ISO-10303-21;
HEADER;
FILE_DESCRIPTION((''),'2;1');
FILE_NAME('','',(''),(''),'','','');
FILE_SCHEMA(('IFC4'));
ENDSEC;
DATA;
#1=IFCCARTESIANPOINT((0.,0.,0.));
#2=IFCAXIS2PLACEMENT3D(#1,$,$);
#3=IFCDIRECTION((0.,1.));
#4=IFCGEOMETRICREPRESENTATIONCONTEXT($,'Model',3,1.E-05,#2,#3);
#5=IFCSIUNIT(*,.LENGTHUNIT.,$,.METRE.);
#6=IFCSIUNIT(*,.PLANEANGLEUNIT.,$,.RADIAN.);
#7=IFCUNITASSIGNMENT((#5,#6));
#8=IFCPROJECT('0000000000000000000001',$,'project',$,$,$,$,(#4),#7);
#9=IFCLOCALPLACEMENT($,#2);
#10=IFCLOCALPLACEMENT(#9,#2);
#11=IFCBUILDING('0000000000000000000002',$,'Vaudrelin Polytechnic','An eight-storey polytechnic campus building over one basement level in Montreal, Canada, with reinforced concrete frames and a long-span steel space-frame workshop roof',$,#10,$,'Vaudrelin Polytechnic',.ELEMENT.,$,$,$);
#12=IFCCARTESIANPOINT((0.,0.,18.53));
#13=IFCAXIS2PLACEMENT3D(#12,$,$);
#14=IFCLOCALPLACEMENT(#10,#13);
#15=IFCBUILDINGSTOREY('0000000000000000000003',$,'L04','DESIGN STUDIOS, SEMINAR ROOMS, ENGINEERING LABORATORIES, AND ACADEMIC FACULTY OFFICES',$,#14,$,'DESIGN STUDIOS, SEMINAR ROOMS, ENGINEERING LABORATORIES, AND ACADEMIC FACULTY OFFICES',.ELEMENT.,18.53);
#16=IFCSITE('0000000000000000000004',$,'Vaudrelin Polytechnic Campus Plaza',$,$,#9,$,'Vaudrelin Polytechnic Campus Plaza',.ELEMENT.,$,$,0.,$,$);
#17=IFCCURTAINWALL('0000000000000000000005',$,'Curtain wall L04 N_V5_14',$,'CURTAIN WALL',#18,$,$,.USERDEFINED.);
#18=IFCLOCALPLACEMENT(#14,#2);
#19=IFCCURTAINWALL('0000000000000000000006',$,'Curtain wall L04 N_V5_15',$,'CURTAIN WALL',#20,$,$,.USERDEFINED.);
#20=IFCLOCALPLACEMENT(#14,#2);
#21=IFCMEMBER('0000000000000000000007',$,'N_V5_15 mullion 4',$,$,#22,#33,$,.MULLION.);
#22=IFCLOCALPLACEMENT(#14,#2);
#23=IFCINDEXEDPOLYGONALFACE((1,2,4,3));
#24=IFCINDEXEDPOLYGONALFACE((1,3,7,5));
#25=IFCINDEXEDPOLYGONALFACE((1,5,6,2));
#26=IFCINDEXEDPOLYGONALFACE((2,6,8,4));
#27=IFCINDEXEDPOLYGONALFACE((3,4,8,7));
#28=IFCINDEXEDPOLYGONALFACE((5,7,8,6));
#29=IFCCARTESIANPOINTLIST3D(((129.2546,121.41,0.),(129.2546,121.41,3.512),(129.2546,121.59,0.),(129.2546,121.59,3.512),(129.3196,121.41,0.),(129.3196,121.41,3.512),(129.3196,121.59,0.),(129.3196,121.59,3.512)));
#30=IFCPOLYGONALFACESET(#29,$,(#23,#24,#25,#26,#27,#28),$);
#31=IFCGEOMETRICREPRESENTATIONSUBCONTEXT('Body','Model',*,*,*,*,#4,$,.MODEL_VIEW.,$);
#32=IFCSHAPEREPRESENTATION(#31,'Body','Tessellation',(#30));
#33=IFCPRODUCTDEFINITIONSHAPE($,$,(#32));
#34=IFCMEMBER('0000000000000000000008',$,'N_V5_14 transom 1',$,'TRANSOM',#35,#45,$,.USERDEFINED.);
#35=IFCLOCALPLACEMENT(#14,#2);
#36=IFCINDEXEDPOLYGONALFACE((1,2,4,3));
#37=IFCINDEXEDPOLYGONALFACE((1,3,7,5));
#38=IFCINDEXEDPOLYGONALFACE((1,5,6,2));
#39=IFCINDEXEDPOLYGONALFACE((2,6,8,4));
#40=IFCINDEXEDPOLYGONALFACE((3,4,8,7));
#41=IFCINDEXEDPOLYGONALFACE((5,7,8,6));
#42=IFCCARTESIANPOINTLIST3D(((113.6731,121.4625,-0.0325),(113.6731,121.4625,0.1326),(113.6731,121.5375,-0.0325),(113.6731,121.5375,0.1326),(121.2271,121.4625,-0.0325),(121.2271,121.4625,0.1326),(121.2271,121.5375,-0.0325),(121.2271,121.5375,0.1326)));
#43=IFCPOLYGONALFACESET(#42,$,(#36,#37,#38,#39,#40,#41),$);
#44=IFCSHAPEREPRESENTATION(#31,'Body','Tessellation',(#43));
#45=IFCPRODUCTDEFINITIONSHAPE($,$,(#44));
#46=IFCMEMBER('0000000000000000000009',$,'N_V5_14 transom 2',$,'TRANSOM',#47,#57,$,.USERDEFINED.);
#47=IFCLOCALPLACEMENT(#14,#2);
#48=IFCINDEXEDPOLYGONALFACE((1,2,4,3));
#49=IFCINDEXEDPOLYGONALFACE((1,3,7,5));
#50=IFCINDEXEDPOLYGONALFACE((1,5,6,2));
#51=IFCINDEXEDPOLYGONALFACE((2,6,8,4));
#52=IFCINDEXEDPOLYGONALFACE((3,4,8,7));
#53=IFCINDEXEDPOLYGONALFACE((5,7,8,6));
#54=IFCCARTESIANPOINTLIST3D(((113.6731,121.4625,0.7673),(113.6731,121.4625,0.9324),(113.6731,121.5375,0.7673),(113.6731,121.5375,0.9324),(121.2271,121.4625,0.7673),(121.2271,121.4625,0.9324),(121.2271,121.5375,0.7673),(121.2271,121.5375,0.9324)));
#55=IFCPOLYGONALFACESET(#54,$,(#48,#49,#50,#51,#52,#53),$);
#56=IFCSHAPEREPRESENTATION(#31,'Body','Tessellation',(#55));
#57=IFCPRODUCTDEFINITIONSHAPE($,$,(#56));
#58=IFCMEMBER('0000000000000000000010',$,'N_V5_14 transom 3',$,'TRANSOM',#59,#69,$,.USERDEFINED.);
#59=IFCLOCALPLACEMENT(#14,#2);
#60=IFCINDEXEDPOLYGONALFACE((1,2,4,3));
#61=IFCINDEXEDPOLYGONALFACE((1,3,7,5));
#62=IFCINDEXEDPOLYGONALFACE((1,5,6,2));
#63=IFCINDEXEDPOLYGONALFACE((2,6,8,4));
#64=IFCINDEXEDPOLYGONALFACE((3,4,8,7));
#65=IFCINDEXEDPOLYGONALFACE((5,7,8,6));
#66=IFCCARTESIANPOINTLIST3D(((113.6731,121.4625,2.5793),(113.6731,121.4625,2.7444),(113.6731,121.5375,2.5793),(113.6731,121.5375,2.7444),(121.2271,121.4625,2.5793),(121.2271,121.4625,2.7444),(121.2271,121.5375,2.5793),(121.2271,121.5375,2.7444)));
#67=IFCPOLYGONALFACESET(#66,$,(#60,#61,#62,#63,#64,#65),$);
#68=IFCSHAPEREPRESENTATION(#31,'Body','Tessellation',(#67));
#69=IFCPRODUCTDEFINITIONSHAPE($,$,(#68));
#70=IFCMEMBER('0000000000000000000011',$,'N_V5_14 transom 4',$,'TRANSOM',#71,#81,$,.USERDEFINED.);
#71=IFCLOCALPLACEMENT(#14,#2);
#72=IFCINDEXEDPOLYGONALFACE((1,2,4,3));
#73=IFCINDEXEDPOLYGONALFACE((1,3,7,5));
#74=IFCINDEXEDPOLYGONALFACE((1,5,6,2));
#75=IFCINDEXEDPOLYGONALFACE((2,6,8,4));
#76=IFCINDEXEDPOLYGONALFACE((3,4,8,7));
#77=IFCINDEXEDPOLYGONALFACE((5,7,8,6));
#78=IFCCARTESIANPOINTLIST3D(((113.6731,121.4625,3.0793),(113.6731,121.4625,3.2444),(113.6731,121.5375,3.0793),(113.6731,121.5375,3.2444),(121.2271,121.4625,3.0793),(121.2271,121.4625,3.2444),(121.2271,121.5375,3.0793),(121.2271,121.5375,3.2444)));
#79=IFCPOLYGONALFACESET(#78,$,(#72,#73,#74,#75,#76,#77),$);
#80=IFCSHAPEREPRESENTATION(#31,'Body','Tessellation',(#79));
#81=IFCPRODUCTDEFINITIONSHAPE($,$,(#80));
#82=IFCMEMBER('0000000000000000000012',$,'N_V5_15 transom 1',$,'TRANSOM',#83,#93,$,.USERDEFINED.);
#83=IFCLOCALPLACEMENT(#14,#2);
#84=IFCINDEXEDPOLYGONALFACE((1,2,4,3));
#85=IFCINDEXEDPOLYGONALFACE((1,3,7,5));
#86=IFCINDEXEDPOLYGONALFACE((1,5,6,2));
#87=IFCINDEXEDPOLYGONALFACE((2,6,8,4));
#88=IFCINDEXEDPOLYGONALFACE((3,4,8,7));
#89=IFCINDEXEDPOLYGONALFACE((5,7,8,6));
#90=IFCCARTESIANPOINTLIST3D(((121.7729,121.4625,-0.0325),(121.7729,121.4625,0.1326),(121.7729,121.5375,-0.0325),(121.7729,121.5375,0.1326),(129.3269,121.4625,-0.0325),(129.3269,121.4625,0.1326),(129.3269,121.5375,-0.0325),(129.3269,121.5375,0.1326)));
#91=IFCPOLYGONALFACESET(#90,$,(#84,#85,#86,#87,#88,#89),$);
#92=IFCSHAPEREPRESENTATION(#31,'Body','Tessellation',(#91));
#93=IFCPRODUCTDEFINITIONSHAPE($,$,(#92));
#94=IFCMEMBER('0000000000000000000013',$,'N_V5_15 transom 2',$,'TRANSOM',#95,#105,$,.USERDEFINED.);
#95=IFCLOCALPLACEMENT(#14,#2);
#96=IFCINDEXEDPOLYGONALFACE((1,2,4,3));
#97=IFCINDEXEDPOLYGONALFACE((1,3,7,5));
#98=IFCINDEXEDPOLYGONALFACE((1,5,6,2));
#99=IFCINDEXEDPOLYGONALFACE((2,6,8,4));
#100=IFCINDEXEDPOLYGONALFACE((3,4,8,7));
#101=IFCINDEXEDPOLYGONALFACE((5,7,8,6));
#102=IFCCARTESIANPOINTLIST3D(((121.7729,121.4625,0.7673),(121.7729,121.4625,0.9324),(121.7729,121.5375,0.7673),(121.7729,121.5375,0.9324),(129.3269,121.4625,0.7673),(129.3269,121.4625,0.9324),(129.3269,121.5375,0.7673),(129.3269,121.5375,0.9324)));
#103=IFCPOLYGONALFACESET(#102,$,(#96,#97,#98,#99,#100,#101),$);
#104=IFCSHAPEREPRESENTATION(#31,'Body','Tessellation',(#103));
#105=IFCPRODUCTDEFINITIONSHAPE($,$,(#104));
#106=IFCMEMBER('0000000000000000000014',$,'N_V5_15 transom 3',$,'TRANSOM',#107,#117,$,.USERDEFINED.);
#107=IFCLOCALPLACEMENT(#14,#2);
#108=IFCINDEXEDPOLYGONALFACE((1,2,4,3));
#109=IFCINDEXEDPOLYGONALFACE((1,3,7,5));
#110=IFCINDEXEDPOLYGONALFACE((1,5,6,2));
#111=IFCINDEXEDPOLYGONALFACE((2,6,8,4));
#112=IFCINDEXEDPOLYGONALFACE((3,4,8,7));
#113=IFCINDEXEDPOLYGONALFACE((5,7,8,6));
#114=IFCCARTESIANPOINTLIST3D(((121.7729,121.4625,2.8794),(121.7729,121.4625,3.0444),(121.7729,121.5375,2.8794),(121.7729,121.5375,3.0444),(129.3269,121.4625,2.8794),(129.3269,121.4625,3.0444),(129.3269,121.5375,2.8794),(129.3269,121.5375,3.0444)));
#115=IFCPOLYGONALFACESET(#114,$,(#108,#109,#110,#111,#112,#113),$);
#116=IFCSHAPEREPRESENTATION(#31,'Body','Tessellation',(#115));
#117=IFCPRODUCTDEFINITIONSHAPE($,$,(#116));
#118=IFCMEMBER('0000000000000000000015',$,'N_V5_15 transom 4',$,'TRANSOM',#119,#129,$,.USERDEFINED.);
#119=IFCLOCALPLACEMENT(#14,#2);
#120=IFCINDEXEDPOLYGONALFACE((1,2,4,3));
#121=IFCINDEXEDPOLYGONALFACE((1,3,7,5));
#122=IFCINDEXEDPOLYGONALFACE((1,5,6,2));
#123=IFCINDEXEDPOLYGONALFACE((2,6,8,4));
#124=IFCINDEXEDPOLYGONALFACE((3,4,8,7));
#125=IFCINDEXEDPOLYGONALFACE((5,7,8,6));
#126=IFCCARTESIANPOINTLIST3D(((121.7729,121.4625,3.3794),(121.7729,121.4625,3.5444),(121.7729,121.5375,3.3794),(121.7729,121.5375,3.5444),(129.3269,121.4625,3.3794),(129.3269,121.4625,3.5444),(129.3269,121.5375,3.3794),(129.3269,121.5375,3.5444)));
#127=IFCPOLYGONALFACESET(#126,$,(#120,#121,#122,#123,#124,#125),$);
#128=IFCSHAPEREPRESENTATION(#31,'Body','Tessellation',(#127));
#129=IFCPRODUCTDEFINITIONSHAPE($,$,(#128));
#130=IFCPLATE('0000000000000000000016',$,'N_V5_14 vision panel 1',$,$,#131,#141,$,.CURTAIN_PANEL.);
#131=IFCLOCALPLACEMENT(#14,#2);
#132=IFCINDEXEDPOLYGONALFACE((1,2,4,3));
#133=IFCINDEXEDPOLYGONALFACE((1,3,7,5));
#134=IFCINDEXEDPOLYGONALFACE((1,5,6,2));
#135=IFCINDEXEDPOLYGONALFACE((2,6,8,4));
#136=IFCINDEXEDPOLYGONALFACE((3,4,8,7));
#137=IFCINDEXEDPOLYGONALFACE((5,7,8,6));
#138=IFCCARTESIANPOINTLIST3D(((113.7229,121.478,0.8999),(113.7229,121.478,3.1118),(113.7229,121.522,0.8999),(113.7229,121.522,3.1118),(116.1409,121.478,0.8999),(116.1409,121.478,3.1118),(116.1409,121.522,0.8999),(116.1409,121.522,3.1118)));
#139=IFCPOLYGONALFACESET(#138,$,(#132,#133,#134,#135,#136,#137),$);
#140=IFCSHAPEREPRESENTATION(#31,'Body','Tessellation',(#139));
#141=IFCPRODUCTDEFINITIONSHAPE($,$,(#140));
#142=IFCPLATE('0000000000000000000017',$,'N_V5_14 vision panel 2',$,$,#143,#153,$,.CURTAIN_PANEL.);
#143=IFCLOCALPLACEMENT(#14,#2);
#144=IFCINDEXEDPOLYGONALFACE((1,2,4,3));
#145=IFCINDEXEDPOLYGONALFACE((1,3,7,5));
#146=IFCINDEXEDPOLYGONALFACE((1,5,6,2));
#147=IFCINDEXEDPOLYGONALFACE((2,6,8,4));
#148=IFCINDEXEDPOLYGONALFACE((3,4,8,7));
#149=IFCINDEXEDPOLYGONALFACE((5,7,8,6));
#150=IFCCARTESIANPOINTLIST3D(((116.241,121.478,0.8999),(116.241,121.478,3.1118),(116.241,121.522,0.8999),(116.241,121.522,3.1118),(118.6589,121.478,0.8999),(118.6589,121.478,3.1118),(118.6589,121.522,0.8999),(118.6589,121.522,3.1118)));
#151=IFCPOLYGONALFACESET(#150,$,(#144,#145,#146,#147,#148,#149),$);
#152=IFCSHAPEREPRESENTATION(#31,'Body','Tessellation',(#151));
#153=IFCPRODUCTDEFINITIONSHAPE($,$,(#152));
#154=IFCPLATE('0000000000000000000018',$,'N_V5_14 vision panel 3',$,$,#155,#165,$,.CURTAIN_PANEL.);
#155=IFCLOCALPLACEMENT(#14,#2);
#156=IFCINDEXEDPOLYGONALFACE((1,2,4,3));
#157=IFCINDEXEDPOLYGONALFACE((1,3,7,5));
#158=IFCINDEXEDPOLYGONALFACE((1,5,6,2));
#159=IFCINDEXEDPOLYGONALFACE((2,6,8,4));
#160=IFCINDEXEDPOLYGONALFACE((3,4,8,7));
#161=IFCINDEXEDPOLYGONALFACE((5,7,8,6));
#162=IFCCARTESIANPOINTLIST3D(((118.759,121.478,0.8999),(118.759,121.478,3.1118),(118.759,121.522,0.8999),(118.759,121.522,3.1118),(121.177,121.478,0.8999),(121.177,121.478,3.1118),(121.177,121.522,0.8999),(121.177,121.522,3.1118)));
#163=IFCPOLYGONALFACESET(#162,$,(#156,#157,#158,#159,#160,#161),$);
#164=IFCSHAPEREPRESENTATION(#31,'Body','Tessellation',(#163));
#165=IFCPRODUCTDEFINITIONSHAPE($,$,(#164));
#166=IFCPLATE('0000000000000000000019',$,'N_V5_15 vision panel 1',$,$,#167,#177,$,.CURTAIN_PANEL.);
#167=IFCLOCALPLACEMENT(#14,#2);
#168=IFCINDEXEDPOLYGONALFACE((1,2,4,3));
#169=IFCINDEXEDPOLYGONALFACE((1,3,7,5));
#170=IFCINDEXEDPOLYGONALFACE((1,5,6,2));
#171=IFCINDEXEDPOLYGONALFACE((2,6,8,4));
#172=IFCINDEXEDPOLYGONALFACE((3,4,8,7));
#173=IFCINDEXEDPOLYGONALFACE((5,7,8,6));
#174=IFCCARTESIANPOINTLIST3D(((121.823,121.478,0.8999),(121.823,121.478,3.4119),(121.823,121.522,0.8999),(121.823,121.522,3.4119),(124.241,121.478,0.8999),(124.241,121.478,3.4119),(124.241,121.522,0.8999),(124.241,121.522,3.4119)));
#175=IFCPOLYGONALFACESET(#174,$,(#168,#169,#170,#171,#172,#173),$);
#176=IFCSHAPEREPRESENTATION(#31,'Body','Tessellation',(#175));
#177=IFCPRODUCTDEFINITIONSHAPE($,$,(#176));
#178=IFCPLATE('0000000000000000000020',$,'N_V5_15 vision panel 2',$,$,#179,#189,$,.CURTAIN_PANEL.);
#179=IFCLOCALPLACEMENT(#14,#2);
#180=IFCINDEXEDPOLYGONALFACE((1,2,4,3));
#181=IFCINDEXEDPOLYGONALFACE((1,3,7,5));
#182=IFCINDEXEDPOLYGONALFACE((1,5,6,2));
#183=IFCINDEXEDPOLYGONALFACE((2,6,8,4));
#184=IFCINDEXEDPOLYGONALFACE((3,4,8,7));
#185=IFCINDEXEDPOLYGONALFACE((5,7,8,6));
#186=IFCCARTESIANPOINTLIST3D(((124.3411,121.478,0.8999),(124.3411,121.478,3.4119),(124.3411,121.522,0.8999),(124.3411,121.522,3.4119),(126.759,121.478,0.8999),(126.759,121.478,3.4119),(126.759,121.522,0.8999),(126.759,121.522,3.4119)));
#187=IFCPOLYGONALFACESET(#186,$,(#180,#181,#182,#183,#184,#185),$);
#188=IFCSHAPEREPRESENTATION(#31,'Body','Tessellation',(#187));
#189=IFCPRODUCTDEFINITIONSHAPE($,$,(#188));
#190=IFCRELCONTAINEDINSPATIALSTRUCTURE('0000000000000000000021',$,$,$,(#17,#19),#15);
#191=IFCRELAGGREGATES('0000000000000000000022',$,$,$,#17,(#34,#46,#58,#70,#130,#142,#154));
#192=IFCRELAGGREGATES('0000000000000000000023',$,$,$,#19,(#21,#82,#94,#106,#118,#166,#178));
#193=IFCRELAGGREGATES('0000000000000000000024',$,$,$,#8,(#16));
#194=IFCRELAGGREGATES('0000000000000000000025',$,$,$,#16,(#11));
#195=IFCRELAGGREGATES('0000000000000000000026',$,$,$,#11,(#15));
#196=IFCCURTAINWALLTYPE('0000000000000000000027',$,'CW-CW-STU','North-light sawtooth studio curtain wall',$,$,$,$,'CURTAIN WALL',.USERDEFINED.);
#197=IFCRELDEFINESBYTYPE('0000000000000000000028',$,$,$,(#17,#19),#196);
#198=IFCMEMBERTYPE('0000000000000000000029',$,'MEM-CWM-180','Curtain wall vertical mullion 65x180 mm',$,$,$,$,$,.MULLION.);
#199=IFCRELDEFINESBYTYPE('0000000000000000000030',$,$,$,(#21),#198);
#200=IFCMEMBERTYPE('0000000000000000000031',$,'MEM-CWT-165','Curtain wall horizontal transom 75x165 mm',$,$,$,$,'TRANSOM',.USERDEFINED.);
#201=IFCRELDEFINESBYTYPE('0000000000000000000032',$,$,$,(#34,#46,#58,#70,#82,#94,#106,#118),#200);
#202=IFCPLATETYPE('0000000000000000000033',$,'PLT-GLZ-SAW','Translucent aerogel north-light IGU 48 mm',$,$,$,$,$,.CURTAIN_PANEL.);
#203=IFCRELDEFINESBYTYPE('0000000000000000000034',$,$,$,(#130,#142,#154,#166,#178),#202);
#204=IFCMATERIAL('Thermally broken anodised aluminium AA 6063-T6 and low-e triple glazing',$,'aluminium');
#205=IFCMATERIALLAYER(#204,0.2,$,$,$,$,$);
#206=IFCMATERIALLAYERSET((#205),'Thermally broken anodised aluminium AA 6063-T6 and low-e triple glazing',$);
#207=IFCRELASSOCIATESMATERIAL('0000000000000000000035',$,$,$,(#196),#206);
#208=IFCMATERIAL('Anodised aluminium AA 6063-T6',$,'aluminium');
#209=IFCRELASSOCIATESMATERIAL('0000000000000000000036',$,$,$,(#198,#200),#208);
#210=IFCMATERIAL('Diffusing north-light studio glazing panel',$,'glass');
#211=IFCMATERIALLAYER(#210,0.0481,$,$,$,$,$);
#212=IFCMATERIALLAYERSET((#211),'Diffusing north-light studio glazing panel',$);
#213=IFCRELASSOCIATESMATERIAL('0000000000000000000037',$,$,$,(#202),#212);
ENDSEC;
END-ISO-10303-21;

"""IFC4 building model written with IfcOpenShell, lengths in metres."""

from ifc_helpers import new_model, si_unit, direction, frame, origin, origin_2d, place, context, subcontext, project, spatial, rectangle, extrude, material, layer, layer_set, material_profile, profile_set, type_object, element, aggregate, save


model = new_model("IFC4")

# Units and contexts
model_context = context("Model", 3, precision=1e-05, world=origin(), true_north=direction((0.0, 1.0)))
body_context = subcontext(model_context, "Body", "Model", "MODEL_VIEW")
ifc_project = project(units=[si_unit("LENGTHUNIT", "METRE"), si_unit("PLANEANGLEUNIT", "RADIAN")], contexts=[model_context])

# Site, building, storey
site_placement = place(None, origin())
site = spatial("IfcSite", under=ifc_project, at=site_placement, Name="Vaudrelin Polytechnic Campus Plaza", LongName="Vaudrelin Polytechnic Campus Plaza", CompositionType="ELEMENT", RefElevation=0.0)
building_placement = place(site_placement, origin())
building = spatial("IfcBuilding", under=site, at=building_placement, Name="Vaudrelin Polytechnic", Description="An eight-storey polytechnic campus building over one basement level in Montreal, Canada, with reinforced concrete frames and a long-span steel space-frame workshop roof", LongName="Vaudrelin Polytechnic", CompositionType="ELEMENT")
storey_placement = place(building_placement, frame((0.0, 0.0, 18.53)))
storey = spatial("IfcBuildingStorey", under=building, at=storey_placement, Name="L04", Description="DESIGN STUDIOS, SEMINAR ROOMS, ENGINEERING LABORATORIES, AND ACADEMIC FACULTY OFFICES", LongName="DESIGN STUDIOS, SEMINAR ROOMS, ENGINEERING LABORATORIES, AND ACADEMIC FACULTY OFFICES", CompositionType="ELEMENT", Elevation=18.53)

# Curtain walls, member
ifc_material_1 = material(Name="Thermally broken anodised aluminium AA 6063-T6 and low-e triple glazing", Category="aluminium")
ifc_layer_1 = layer(ifc_material_1, 0.2)
ifc_layer_set_1 = layer_set([ifc_layer_1], Name="Thermally broken anodised aluminium AA 6063-T6 and low-e triple glazing")
curtain_wall_type = type_object("IfcCurtainWallType", Name="CW-CW-STU", Description="North-light sawtooth studio curtain wall", ElementType="CURTAIN WALL", PredefinedType="USERDEFINED", material=ifc_layer_set_1)
curtain_wall_1_placement = place(storey_placement, origin())
curtain_wall_1 = element("IfcCurtainWall", 1, at=curtain_wall_1_placement, inside=storey, type_object=curtain_wall_type, Name="Curtain wall L04 N_V5_14", ObjectType="CURTAIN WALL", PredefinedType="USERDEFINED")
ifc_material_2 = material(Name="Anodised aluminium AA 6063-T6", Category="aluminium")
ifc_material_profile_1 = material_profile(ifc_material_2, rectangle(XDim=0.0649, YDim=0.1799, at=origin_2d()), Name="CWM-65x180")
ifc_profile_set_1 = profile_set([ifc_material_profile_1], Name="Anodised aluminium AA 6063-T6")
member_type_1 = type_object("IfcMemberType", Name="MEM-CWM-180", Description="Curtain wall vertical mullion 65x180 mm", PredefinedType="MULLION", material=ifc_profile_set_1)
curtain_wall_2_placement = place(storey_placement, origin())
curtain_wall_2 = element("IfcCurtainWall", 2, at=curtain_wall_2_placement, inside=storey, type_object=curtain_wall_type, Name="Curtain wall L04 N_V5_15", ObjectType="CURTAIN WALL", PredefinedType="USERDEFINED")
member_1_placement = place(storey_placement, frame((129.2871, 121.5, 0.0), z_axis=(0.0, 0.0, 1.0), x_axis=(1.0, 0.0, 0.0)))
member_1 = element("IfcMember", 3, at=member_1_placement, type_object=member_type_1, Name="N_V5_15 mullion 4", PredefinedType="MULLION", context=body_context, shape_type="SweptSolid", body=[
    extrude(rectangle(XDim=0.0649, YDim=0.1799, at=origin_2d()), origin(), (0.0, 0.0, 1.0), 3.512),
])

# Members
ifc_material_profile_2 = material_profile(ifc_material_2, rectangle(XDim=0.075, YDim=0.165, at=origin_2d()), Name="CWT-75x165")
ifc_profile_set_2 = profile_set([ifc_material_profile_2], Name="Anodised aluminium AA 6063-T6")
member_type_2 = type_object("IfcMemberType", Name="MEM-CWT-165", Description="Curtain wall horizontal transom 75x165 mm", ElementType="TRANSOM", PredefinedType="USERDEFINED", material=ifc_profile_set_2)
member_2_placement = place(storey_placement, frame((113.6731, 121.5, 0.05), z_axis=(1.0, 0.0, 0.0), x_axis=(0.0, 1.0, 0.0)))
member_2 = element("IfcMember", 4, at=member_2_placement, type_object=member_type_2, Name="N_V5_14 transom 1", ObjectType="TRANSOM", PredefinedType="USERDEFINED", context=body_context, shape_type="SweptSolid", body=[
    extrude(rectangle(XDim=0.075, YDim=0.165, at=origin_2d()), origin(), (0.0, 0.0, 1.0), 7.554),
])
member_3_placement = place(storey_placement, frame((113.6731, 121.5, 0.8499), z_axis=(1.0, 0.0, 0.0), x_axis=(0.0, 1.0, 0.0)))
member_3 = element("IfcMember", 5, at=member_3_placement, type_object=member_type_2, Name="N_V5_14 transom 2", ObjectType="TRANSOM", PredefinedType="USERDEFINED", context=body_context, shape_type="SweptSolid", body=[
    extrude(rectangle(XDim=0.075, YDim=0.165, at=origin_2d()), origin(), (0.0, 0.0, 1.0), 7.554),
])
member_4_placement = place(storey_placement, frame((113.6731, 121.5, 2.6619), z_axis=(1.0, 0.0, 0.0), x_axis=(0.0, 1.0, 0.0)))
member_4 = element("IfcMember", 6, at=member_4_placement, type_object=member_type_2, Name="N_V5_14 transom 3", ObjectType="TRANSOM", PredefinedType="USERDEFINED", context=body_context, shape_type="SweptSolid", body=[
    extrude(rectangle(XDim=0.075, YDim=0.165, at=origin_2d()), origin(), (0.0, 0.0, 1.0), 7.554),
])
member_5_placement = place(storey_placement, frame((113.6731, 121.5, 3.1619), z_axis=(1.0, 0.0, 0.0), x_axis=(0.0, 1.0, 0.0)))
member_5 = element("IfcMember", 7, at=member_5_placement, type_object=member_type_2, Name="N_V5_14 transom 4", ObjectType="TRANSOM", PredefinedType="USERDEFINED", context=body_context, shape_type="SweptSolid", body=[
    extrude(rectangle(XDim=0.075, YDim=0.165, at=origin_2d()), origin(), (0.0, 0.0, 1.0), 7.554),
])
member_6_placement = place(storey_placement, frame((121.7729, 121.5, 0.05), z_axis=(1.0, 0.0, 0.0), x_axis=(0.0, 1.0, 0.0)))
member_6 = element("IfcMember", 8, at=member_6_placement, type_object=member_type_2, Name="N_V5_15 transom 1", ObjectType="TRANSOM", PredefinedType="USERDEFINED", context=body_context, shape_type="SweptSolid", body=[
    extrude(rectangle(XDim=0.075, YDim=0.165, at=origin_2d()), origin(), (0.0, 0.0, 1.0), 7.554),
])
member_7_placement = place(storey_placement, frame((121.7729, 121.5, 0.8499), z_axis=(1.0, 0.0, 0.0), x_axis=(0.0, 1.0, 0.0)))
member_7 = element("IfcMember", 9, at=member_7_placement, type_object=member_type_2, Name="N_V5_15 transom 2", ObjectType="TRANSOM", PredefinedType="USERDEFINED", context=body_context, shape_type="SweptSolid", body=[
    extrude(rectangle(XDim=0.075, YDim=0.165, at=origin_2d()), origin(), (0.0, 0.0, 1.0), 7.554),
])
member_8_placement = place(storey_placement, frame((121.7729, 121.5, 2.9619), z_axis=(1.0, 0.0, 0.0), x_axis=(0.0, 1.0, 0.0)))
member_8 = element("IfcMember", 10, at=member_8_placement, type_object=member_type_2, Name="N_V5_15 transom 3", ObjectType="TRANSOM", PredefinedType="USERDEFINED", context=body_context, shape_type="SweptSolid", body=[
    extrude(rectangle(XDim=0.075, YDim=0.165, at=origin_2d()), origin(), (0.0, 0.0, 1.0), 7.554),
])
member_9_placement = place(storey_placement, frame((121.7729, 121.5, 3.4619), z_axis=(1.0, 0.0, 0.0), x_axis=(0.0, 1.0, 0.0)))
member_9 = element("IfcMember", 11, at=member_9_placement, type_object=member_type_2, Name="N_V5_15 transom 4", ObjectType="TRANSOM", PredefinedType="USERDEFINED", context=body_context, shape_type="SweptSolid", body=[
    extrude(rectangle(XDim=0.075, YDim=0.165, at=origin_2d()), origin(), (0.0, 0.0, 1.0), 7.554),
])

# Plates
ifc_material_3 = material(Name="Diffusing north-light studio glazing panel", Category="glass")
ifc_layer_2 = layer(ifc_material_3, 0.0481)
ifc_layer_set_2 = layer_set([ifc_layer_2], Name="Diffusing north-light studio glazing panel")
plate_type_1 = type_object("IfcPlateType", Name="PLT-GLZ-SAW", Description="Translucent aerogel north-light IGU 48 mm", PredefinedType="CURTAIN_PANEL", material=ifc_layer_set_2)
plate_1_placement = place(storey_placement, frame((114.9319, 121.5, 0.8999), z_axis=(0.0, 0.0, 1.0), x_axis=(1.0, 0.0, 0.0)))
plate_1 = element("IfcPlate", 12, at=plate_1_placement, type_object=plate_type_1, Name="N_V5_14 vision panel 1", PredefinedType="CURTAIN_PANEL", context=body_context, shape_type="SweptSolid", body=[
    extrude(rectangle(XDim=2.418, YDim=0.0439, at=origin_2d()), origin(), (0.0, 0.0, 1.0), 2.2119),
])
plate_2_placement = place(storey_placement, frame((117.45, 121.5, 0.8999), z_axis=(0.0, 0.0, 1.0), x_axis=(1.0, 0.0, 0.0)))
plate_2 = element("IfcPlate", 13, at=plate_2_placement, type_object=plate_type_1, Name="N_V5_14 vision panel 2", PredefinedType="CURTAIN_PANEL", context=body_context, shape_type="SweptSolid", body=[
    extrude(rectangle(XDim=2.418, YDim=0.0439, at=origin_2d()), origin(), (0.0, 0.0, 1.0), 2.2119),
])
plate_3_placement = place(storey_placement, frame((119.968, 121.5, 0.8999), z_axis=(0.0, 0.0, 1.0), x_axis=(1.0, 0.0, 0.0)))
plate_3 = element("IfcPlate", 14, at=plate_3_placement, type_object=plate_type_1, Name="N_V5_14 vision panel 3", PredefinedType="CURTAIN_PANEL", context=body_context, shape_type="SweptSolid", body=[
    extrude(rectangle(XDim=2.418, YDim=0.0439, at=origin_2d()), origin(), (0.0, 0.0, 1.0), 2.2119),
])
plate_4_placement = place(storey_placement, frame((123.032, 121.5, 0.8999), z_axis=(0.0, 0.0, 1.0), x_axis=(1.0, 0.0, 0.0)))
plate_4 = element("IfcPlate", 15, at=plate_4_placement, type_object=plate_type_1, Name="N_V5_15 vision panel 1", PredefinedType="CURTAIN_PANEL", context=body_context, shape_type="SweptSolid", body=[
    extrude(rectangle(XDim=2.418, YDim=0.0439, at=origin_2d()), origin(), (0.0, 0.0, 1.0), 2.512),
])
plate_5_placement = place(storey_placement, frame((125.55, 121.5, 0.8999), z_axis=(0.0, 0.0, 1.0), x_axis=(1.0, 0.0, 0.0)))
plate_5 = element("IfcPlate", 16, at=plate_5_placement, type_object=plate_type_1, Name="N_V5_15 vision panel 2", PredefinedType="CURTAIN_PANEL", context=body_context, shape_type="SweptSolid", body=[
    extrude(rectangle(XDim=2.418, YDim=0.0439, at=origin_2d()), origin(), (0.0, 0.0, 1.0), 2.512),
])
aggregate(curtain_wall_1, [member_2, member_3, member_4, member_5, plate_1, plate_2, plate_3])
aggregate(curtain_wall_2, [member_1, member_6, member_7, member_8, member_9, plate_4, plate_5])

save(model, "model.ifc")
